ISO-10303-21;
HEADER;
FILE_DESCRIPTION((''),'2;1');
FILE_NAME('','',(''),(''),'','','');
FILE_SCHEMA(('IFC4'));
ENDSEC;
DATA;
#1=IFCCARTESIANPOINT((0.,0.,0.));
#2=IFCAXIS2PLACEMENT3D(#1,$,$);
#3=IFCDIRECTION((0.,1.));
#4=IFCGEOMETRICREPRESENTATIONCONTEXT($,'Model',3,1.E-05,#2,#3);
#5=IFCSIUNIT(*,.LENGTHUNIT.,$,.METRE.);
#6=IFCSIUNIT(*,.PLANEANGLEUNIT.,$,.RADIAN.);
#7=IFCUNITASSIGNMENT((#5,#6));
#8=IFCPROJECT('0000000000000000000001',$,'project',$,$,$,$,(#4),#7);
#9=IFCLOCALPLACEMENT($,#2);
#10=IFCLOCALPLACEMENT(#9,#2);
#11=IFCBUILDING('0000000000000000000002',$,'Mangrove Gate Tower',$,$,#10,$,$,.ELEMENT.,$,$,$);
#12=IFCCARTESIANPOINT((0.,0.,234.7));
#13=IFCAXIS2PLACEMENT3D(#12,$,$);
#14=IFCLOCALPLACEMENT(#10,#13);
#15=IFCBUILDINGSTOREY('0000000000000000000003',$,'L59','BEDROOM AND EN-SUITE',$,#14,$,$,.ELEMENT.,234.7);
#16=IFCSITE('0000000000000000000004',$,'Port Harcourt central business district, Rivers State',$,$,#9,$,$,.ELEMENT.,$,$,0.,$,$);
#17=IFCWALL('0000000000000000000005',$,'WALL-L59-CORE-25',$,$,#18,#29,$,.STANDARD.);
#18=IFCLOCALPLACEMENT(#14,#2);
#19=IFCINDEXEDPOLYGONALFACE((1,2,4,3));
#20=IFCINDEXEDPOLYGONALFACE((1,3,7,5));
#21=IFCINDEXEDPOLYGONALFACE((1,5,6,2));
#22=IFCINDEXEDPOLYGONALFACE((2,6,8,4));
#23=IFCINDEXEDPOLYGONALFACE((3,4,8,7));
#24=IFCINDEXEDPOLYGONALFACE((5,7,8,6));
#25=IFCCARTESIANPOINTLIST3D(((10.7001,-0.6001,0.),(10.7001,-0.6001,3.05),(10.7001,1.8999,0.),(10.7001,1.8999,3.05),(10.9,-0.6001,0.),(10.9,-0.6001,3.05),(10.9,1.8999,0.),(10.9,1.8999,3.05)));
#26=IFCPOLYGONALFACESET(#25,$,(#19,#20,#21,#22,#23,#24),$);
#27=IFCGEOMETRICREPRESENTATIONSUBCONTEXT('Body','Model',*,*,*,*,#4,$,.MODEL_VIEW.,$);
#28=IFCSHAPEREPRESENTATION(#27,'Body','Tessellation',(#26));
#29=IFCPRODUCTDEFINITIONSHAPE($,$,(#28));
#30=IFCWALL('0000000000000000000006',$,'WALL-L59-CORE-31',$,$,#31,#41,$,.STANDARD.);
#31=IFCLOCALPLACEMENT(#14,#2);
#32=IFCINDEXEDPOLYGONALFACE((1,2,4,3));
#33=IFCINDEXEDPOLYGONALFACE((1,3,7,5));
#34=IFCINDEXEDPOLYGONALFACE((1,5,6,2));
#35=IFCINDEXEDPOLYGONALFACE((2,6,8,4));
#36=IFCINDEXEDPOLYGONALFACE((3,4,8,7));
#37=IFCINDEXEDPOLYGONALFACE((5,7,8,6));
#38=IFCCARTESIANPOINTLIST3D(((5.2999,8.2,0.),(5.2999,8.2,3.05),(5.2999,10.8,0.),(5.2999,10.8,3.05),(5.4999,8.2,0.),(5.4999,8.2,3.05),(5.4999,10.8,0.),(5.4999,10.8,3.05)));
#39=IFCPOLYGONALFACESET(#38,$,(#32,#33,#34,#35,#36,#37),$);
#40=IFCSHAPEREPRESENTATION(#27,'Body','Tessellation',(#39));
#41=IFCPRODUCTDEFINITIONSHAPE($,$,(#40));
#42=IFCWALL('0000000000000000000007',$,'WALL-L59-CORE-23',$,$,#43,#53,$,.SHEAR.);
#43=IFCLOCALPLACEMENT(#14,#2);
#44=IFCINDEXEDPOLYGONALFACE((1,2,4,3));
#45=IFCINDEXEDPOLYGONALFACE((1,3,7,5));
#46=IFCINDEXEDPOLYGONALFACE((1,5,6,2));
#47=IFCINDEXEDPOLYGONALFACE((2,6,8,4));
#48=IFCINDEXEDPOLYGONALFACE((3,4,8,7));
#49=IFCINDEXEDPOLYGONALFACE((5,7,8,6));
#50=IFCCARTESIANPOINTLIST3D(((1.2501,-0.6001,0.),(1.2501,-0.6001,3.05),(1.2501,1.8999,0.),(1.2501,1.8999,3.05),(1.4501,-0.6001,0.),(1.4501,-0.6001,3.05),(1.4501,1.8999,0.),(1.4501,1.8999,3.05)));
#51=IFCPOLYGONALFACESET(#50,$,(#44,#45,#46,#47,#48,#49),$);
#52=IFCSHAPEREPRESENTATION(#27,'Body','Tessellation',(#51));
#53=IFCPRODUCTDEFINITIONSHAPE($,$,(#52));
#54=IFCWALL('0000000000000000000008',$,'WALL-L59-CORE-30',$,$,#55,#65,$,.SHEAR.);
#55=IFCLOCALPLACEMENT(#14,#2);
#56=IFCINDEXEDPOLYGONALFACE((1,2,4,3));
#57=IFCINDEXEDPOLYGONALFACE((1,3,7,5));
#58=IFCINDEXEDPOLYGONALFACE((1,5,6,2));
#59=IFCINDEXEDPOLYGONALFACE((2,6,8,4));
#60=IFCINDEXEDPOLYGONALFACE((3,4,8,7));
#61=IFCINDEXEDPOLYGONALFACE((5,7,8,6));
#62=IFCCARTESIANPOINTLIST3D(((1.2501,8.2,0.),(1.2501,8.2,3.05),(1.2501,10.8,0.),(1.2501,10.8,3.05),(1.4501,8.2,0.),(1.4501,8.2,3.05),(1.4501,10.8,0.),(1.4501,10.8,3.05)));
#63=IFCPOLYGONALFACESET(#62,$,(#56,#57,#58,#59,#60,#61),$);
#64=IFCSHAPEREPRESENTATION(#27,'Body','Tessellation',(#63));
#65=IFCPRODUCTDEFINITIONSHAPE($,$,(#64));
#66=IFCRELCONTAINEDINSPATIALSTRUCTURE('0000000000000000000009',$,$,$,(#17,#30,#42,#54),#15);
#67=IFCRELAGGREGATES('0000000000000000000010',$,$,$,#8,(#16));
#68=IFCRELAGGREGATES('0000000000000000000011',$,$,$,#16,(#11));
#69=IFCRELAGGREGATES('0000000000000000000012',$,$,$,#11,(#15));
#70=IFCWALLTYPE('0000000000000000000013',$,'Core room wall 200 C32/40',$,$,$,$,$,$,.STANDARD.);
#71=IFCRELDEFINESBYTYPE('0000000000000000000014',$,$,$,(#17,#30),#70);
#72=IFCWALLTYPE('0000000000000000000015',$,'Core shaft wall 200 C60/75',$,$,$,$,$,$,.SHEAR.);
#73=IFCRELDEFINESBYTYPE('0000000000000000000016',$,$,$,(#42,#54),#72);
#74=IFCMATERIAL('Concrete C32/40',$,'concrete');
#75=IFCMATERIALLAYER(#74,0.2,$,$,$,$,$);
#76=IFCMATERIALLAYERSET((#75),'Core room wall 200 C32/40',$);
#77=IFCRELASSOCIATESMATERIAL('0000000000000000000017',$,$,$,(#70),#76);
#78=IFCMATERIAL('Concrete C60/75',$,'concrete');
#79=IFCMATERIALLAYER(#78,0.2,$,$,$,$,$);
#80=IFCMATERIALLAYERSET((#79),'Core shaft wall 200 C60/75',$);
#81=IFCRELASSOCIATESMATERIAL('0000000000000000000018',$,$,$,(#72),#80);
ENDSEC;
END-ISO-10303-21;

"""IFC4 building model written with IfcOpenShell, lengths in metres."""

from ifc_helpers import new_model, si_unit, direction, frame, frame_2d, origin, place, context, subcontext, project, spatial, rectangle, extrude, material, layer, layer_set, type_object, element, save


model = new_model("IFC4")

# Units and contexts
model_context = context("Model", 3, precision=1e-05, world=origin(), true_north=direction((0.0, 1.0)))
body_context = subcontext(model_context, "Body", "Model", "MODEL_VIEW")
ifc_project = project(units=[si_unit("LENGTHUNIT", "METRE"), si_unit("PLANEANGLEUNIT", "RADIAN")], contexts=[model_context])

# Site, building, storey
site_placement = place(None, origin())
site = spatial("IfcSite", under=ifc_project, at=site_placement, Name="Port Harcourt central business district, Rivers State", CompositionType="ELEMENT", RefElevation=0.0)
building_placement = place(site_placement, origin())
building = spatial("IfcBuilding", under=site, at=building_placement, Name="Mangrove Gate Tower", CompositionType="ELEMENT")
storey_placement = place(building_placement, frame((0.0, 0.0, 234.7)))
storey = spatial("IfcBuildingStorey", under=building, at=storey_placement, Name="L59", Description="BEDROOM AND EN-SUITE", CompositionType="ELEMENT", Elevation=234.7)

# Walls
ifc_material_1 = material(Name="Concrete C32/40", Category="concrete")
ifc_layer_1 = layer(ifc_material_1, 0.2)
ifc_layer_set_1 = layer_set([ifc_layer_1], Name="Core room wall 200 C32/40")
wall_type_1 = type_object("IfcWallType", Name="Core room wall 200 C32/40", PredefinedType="STANDARD", material=ifc_layer_set_1)
for number, where, z_axis, x_axis, name in (
    (1, (10.8, -0.6001, 0.0), (0.0, 0.0, 1.0), (0.0, 1.0, 0.0), "WALL-L59-CORE-25"),
):
    element("IfcWall", number, at=place(storey_placement, frame(where, z_axis=z_axis, x_axis=x_axis)), inside=storey, type_object=wall_type_1, Name=name, PredefinedType="STANDARD", context=body_context, shape_type="SweptSolid", body=[
        extrude(rectangle(XDim=2.5, YDim=0.2, at=frame_2d((1.25, 0.0))), origin(), (0.0, 0.0, 1.0), 3.05),
    ])
wall_1_placement = place(storey_placement, frame((5.3999, 8.2, 0.0), z_axis=(0.0, 0.0, 1.0), x_axis=(0.0, 1.0, 0.0)))
element("IfcWall", 2, at=wall_1_placement, inside=storey, type_object=wall_type_1, Name="WALL-L59-CORE-31", PredefinedType="STANDARD", context=body_context, shape_type="SweptSolid", body=[
    extrude(rectangle(XDim=2.6001, YDim=0.2, at=frame_2d((1.3, 0.0))), origin(), (0.0, 0.0, 1.0), 3.05),
])
ifc_material_2 = material(Name="Concrete C60/75", Category="concrete")
ifc_layer_2 = layer(ifc_material_2, 0.2)
ifc_layer_set_2 = layer_set([ifc_layer_2], Name="Core shaft wall 200 C60/75")
wall_type_2 = type_object("IfcWallType", Name="Core shaft wall 200 C60/75", PredefinedType="SHEAR", material=ifc_layer_set_2)
wall_2_placement = place(storey_placement, frame((1.3501, -0.6001, 0.0), z_axis=(0.0, 0.0, 1.0), x_axis=(0.0, 1.0, 0.0)))
element("IfcWall", 3, at=wall_2_placement, inside=storey, type_object=wall_type_2, Name="WALL-L59-CORE-23", PredefinedType="SHEAR", context=body_context, shape_type="SweptSolid", body=[
    extrude(rectangle(XDim=2.5, YDim=0.2, at=frame_2d((1.25, 0.0))), origin(), (0.0, 0.0, 1.0), 3.05),
])
wall_3_placement = place(storey_placement, frame((1.3501, 8.2, 0.0), z_axis=(0.0, 0.0, 1.0), x_axis=(0.0, 1.0, 0.0)))
element("IfcWall", 4, at=wall_3_placement, inside=storey, type_object=wall_type_2, Name="WALL-L59-CORE-30", PredefinedType="SHEAR", context=body_context, shape_type="SweptSolid", body=[
    extrude(rectangle(XDim=2.6001, YDim=0.2, at=frame_2d((1.3, 0.0))), origin(), (0.0, 0.0, 1.0), 3.05),
])

save(model, "model.ifc")
